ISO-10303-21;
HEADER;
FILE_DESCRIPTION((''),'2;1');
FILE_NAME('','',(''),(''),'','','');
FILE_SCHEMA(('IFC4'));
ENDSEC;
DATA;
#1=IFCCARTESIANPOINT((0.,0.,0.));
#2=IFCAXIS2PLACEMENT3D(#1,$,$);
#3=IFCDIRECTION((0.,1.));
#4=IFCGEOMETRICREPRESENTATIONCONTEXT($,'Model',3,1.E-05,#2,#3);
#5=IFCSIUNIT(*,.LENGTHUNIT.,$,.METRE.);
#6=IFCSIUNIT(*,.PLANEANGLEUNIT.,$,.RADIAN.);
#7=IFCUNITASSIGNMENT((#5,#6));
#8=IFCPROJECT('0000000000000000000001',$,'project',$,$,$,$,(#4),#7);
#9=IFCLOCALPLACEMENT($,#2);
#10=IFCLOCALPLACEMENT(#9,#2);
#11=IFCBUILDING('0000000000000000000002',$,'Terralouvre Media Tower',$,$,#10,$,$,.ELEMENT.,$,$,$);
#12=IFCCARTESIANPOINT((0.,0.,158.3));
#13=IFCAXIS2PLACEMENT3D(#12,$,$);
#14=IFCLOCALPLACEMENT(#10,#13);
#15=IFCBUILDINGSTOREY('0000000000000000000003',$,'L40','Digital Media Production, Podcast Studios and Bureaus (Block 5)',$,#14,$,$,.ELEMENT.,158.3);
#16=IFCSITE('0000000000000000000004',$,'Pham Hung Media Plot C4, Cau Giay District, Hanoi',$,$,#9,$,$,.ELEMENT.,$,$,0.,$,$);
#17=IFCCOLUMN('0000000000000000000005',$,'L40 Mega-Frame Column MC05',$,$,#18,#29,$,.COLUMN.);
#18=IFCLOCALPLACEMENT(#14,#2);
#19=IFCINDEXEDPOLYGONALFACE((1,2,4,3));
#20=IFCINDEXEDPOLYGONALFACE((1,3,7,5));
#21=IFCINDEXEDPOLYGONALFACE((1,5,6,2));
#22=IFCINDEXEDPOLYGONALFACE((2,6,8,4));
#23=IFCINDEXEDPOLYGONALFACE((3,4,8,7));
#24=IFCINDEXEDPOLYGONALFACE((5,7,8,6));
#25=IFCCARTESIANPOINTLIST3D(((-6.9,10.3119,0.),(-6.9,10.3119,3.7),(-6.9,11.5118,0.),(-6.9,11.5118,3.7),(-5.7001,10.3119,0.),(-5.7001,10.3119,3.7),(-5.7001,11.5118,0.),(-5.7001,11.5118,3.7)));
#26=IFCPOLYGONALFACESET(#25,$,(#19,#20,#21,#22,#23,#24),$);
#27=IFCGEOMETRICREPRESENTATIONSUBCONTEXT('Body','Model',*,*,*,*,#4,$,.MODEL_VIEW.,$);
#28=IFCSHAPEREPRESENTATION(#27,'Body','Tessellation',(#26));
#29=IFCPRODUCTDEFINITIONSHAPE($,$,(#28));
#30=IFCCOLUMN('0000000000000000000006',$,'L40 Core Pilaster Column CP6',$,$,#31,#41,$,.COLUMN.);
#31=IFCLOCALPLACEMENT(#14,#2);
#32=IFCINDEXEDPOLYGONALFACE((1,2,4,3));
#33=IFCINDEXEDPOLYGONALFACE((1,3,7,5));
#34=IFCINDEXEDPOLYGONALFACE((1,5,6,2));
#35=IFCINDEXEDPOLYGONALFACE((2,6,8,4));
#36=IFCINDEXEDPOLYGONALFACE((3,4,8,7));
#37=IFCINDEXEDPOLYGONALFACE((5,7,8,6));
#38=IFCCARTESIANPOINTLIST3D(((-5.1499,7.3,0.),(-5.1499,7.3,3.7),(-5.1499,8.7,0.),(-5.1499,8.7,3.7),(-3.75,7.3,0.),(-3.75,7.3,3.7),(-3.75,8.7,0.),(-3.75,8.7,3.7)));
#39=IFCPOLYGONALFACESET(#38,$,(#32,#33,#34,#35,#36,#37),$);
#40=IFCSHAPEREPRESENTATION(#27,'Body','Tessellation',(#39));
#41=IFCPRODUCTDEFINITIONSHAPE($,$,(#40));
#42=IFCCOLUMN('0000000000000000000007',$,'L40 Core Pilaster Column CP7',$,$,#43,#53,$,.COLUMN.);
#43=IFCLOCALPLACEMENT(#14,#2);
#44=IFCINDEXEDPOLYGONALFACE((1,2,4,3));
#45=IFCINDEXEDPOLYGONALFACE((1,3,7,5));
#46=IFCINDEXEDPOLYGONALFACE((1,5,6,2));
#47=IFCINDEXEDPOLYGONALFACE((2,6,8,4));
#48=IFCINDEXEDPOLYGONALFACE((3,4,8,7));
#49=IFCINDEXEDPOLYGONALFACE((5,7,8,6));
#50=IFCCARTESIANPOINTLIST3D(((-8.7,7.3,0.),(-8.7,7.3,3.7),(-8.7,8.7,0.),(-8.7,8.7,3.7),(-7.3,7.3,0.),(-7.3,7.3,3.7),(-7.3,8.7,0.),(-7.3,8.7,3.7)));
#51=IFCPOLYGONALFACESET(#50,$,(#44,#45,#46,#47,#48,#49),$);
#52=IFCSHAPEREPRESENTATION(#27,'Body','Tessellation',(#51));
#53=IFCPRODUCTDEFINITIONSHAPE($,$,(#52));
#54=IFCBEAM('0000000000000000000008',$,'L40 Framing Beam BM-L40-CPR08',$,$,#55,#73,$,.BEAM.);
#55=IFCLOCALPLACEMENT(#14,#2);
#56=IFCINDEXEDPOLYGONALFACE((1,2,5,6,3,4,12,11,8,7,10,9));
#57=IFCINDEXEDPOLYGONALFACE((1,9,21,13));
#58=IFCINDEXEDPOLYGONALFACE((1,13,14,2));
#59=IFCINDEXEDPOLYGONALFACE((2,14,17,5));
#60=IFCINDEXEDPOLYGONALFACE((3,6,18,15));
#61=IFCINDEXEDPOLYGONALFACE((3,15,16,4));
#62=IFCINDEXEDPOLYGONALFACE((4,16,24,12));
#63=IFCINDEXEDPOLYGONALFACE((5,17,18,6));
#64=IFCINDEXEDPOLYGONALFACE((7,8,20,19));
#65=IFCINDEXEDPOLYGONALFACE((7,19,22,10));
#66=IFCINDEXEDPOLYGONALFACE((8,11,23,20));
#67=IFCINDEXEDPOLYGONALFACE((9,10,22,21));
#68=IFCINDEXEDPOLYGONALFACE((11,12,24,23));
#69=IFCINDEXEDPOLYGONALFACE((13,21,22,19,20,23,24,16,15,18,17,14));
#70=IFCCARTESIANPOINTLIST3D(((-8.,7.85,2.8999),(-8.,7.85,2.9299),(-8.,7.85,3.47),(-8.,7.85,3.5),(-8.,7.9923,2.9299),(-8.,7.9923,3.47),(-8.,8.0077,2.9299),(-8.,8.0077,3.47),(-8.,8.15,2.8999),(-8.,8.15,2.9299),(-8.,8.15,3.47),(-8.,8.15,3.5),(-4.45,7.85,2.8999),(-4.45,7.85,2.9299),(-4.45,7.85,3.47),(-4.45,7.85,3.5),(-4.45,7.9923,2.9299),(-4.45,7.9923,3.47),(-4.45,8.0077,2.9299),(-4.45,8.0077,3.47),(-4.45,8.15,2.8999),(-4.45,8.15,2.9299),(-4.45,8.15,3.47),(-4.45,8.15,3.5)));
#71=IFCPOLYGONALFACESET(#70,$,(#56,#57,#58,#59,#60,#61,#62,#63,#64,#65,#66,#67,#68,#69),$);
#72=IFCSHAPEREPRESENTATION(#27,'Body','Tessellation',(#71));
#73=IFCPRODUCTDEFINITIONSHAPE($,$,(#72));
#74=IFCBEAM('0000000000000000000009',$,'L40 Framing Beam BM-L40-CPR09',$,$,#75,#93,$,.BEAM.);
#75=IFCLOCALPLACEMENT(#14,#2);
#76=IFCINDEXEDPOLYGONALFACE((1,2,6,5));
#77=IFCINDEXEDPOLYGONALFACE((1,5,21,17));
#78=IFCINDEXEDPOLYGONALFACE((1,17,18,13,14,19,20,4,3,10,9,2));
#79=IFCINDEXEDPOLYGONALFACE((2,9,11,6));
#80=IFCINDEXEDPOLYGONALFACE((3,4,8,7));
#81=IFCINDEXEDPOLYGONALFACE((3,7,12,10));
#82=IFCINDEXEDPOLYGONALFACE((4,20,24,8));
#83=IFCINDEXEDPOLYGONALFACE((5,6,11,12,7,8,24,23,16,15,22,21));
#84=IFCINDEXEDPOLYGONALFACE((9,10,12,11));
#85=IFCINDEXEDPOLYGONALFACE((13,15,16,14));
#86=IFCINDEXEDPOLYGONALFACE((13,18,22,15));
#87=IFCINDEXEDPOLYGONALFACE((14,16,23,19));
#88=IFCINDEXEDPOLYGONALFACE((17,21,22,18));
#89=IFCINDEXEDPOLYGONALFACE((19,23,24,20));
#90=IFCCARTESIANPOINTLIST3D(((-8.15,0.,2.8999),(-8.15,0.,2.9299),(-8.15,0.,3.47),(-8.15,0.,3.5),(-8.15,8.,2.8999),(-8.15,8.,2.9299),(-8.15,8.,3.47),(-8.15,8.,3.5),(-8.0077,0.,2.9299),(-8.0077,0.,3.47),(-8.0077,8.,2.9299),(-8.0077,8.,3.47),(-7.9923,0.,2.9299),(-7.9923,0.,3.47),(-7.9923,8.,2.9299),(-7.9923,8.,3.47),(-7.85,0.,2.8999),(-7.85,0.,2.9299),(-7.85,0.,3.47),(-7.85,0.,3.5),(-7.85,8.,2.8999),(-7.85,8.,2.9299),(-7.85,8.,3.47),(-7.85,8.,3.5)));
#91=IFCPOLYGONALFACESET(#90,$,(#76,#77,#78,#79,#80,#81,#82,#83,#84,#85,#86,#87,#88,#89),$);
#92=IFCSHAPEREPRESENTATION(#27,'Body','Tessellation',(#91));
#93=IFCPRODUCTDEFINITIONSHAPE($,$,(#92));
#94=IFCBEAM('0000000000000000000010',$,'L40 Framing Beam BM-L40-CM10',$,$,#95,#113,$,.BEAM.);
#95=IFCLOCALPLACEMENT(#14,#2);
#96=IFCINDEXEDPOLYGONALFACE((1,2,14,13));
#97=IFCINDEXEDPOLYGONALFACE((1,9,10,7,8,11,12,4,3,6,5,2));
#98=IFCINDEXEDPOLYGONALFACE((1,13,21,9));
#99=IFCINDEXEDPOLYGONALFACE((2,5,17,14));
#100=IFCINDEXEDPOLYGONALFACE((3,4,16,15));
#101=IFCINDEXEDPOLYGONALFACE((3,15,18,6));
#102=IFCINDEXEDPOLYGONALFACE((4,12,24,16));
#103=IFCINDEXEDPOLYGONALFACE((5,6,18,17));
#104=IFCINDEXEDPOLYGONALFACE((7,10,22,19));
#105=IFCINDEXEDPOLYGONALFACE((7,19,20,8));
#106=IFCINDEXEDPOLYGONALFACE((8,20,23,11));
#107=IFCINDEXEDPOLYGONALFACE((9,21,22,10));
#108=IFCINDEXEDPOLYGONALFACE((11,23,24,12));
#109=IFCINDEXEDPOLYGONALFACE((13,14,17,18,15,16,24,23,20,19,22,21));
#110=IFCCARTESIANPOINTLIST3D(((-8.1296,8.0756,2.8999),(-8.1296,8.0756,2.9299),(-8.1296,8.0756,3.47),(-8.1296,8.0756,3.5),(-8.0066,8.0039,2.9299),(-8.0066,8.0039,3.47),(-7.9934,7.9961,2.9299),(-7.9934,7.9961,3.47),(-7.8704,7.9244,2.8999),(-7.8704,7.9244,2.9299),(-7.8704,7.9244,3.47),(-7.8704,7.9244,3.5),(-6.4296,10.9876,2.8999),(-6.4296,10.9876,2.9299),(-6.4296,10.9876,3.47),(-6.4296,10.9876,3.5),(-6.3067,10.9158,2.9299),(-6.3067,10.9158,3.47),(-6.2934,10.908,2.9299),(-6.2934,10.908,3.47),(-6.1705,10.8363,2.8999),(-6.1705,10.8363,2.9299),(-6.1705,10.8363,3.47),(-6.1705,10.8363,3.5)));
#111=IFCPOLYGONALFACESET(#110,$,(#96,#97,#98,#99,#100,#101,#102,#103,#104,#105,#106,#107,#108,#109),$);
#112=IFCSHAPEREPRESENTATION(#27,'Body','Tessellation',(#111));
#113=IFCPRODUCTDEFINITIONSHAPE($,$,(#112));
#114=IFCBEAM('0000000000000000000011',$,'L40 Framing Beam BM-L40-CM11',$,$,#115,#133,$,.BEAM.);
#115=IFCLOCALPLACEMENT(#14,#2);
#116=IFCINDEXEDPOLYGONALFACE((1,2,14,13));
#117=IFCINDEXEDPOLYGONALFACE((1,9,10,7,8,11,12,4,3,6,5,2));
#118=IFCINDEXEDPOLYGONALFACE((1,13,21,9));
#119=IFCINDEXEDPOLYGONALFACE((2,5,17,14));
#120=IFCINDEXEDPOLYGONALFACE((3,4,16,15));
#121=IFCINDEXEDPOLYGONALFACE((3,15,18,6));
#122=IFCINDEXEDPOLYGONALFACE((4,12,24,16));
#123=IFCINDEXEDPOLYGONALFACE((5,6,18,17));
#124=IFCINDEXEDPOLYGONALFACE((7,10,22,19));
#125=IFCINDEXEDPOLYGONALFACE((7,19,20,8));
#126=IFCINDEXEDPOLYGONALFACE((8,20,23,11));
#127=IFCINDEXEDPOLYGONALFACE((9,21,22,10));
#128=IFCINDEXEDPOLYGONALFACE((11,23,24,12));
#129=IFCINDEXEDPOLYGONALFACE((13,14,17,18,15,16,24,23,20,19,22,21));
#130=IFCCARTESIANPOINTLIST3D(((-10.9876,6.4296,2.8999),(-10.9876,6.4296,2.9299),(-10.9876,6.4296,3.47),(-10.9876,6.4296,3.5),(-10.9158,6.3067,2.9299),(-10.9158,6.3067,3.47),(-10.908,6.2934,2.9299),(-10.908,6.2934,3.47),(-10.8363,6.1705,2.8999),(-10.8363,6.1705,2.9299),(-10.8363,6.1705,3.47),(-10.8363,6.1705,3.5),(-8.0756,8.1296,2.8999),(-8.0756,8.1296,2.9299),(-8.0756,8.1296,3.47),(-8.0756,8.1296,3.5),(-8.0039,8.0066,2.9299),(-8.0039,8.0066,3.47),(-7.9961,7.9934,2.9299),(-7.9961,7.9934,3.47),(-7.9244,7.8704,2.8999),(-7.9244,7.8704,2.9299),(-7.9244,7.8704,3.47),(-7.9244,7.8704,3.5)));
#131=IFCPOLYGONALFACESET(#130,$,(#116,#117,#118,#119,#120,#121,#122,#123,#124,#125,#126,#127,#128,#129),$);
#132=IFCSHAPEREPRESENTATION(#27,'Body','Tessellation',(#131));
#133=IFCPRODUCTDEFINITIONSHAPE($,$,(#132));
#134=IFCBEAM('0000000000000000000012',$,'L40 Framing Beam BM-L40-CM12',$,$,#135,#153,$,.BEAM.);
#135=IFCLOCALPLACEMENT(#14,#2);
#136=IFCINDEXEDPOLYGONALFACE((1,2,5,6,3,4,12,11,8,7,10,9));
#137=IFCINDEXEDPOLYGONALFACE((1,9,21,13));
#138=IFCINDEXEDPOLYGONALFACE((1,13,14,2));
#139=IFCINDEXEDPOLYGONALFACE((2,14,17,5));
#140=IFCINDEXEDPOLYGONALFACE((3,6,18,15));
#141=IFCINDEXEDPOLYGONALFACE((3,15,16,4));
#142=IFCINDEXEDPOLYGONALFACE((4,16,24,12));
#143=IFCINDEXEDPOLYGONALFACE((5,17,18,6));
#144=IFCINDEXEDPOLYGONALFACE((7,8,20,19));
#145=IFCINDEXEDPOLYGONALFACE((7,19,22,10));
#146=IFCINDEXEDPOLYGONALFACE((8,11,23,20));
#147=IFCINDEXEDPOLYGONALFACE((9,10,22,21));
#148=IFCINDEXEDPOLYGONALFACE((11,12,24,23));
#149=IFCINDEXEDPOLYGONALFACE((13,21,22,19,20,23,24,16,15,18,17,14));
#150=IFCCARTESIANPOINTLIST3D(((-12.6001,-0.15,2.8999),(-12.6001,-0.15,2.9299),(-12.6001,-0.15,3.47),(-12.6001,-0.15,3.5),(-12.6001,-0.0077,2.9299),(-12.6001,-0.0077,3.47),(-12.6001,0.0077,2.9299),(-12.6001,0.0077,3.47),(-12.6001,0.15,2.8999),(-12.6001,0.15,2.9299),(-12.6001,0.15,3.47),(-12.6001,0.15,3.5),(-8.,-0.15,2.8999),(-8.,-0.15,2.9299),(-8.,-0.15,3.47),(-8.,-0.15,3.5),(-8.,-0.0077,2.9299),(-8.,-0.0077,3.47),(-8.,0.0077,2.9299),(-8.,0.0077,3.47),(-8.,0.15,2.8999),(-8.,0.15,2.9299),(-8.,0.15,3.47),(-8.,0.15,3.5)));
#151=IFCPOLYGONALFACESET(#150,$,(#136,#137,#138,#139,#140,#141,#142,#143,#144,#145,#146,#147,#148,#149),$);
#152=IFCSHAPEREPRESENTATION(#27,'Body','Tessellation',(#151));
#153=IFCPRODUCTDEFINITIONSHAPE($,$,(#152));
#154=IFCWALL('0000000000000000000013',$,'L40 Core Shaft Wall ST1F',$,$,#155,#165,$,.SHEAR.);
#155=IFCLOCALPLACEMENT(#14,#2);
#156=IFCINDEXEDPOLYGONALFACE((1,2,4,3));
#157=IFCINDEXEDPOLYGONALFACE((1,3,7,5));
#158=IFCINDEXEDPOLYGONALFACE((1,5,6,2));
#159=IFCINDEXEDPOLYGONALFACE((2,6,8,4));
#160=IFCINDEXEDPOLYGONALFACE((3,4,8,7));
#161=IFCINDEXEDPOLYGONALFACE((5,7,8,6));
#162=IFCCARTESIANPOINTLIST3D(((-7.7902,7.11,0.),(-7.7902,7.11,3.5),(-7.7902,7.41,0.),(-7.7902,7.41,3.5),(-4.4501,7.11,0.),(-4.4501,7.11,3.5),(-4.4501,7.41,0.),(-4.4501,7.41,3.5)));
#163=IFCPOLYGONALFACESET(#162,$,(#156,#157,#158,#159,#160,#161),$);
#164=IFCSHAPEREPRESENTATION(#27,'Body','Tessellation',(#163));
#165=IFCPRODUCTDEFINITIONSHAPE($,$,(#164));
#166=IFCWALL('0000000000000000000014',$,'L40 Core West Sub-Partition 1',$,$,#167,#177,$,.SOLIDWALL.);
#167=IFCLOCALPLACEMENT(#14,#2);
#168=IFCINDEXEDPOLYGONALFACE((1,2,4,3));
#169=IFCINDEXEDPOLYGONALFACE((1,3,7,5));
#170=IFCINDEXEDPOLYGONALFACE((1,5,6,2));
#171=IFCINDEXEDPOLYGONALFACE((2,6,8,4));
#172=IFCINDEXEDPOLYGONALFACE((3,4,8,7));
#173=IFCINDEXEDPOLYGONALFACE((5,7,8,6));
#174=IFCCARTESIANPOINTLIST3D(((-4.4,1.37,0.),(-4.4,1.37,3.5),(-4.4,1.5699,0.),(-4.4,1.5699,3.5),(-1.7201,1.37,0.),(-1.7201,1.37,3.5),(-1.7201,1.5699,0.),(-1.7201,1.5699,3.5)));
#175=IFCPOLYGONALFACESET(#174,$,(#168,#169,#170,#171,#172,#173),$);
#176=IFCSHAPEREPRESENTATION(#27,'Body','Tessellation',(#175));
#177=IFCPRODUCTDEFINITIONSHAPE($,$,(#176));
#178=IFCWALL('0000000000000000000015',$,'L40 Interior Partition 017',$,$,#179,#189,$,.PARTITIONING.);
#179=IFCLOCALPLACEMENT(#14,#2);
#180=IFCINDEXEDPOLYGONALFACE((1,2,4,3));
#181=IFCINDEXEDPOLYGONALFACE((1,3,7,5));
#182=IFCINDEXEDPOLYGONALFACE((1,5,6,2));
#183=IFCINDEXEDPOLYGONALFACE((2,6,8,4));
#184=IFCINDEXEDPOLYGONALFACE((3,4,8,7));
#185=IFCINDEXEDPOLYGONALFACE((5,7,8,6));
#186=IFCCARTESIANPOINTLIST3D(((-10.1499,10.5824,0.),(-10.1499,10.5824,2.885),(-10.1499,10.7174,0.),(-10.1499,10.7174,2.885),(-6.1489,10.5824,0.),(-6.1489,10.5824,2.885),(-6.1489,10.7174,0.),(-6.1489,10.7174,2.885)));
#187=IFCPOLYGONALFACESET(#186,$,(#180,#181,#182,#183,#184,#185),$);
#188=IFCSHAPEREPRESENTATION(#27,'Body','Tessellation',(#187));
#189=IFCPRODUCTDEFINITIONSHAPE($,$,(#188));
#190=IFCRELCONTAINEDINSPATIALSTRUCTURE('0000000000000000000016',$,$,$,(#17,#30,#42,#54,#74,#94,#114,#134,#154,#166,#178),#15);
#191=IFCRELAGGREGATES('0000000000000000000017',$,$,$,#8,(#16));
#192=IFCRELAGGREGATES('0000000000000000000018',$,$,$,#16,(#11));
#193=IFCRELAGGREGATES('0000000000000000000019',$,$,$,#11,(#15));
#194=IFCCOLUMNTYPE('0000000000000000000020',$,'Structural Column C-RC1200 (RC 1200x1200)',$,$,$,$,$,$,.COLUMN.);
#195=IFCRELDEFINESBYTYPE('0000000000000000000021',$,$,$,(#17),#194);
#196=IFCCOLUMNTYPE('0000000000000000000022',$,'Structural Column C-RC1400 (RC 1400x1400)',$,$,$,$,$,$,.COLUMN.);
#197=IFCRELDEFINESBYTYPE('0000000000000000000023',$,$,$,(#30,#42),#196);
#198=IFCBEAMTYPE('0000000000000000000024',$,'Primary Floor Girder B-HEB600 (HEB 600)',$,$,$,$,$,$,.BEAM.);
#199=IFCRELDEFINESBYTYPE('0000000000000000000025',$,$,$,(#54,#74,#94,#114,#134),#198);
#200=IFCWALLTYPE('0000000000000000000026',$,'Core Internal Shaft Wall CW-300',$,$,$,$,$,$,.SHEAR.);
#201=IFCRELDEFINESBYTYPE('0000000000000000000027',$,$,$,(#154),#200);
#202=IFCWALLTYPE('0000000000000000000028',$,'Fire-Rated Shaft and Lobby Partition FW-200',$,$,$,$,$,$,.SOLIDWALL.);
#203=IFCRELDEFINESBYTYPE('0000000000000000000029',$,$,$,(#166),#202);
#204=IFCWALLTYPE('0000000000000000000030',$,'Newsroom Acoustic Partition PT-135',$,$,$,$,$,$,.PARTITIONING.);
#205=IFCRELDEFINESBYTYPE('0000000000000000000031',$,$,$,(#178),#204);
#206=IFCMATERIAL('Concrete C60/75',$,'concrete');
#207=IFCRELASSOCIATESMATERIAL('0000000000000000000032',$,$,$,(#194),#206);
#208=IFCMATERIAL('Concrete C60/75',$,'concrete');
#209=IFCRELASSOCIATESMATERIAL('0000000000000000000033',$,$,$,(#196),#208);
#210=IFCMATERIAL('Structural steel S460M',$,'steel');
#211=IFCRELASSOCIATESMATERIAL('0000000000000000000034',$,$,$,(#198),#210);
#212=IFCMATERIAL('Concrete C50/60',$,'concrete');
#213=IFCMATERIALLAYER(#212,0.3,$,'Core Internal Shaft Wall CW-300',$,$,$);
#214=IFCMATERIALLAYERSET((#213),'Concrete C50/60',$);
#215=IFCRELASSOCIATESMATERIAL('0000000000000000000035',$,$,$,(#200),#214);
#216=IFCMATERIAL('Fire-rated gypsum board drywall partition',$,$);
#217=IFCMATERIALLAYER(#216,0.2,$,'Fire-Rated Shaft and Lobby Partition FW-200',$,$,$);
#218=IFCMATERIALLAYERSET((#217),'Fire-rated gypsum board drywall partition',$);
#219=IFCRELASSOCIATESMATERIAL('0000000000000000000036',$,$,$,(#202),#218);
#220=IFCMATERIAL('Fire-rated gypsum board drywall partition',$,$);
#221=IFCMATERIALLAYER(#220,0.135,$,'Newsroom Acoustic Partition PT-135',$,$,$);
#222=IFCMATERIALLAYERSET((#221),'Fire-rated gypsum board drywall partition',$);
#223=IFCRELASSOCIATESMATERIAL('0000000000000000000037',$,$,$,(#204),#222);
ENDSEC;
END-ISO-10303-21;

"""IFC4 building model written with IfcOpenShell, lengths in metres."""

from ifc_helpers import new_model, si_unit, direction, frame, frame_2d, origin, origin_2d, place, context, subcontext, project, spatial, rectangle, i_section, extrude, material, layer, layer_set, material_profile, profile_set, type_object, element, save


model = new_model("IFC4")

# Units and contexts
model_context = context("Model", 3, precision=1e-05, world=origin(), true_north=direction((0.0, 1.0)))
body_context = subcontext(model_context, "Body", "Model", "MODEL_VIEW")
ifc_project = project(units=[si_unit("LENGTHUNIT", "METRE"), si_unit("PLANEANGLEUNIT", "RADIAN")], contexts=[model_context])

# Site, building, storey
site_placement = place(None, origin())
site = spatial("IfcSite", under=ifc_project, at=site_placement, Name="Pham Hung Media Plot C4, Cau Giay District, Hanoi", CompositionType="ELEMENT", RefElevation=0.0)
building_placement = place(site_placement, origin())
building = spatial("IfcBuilding", under=site, at=building_placement, Name="Terralouvre Media Tower", CompositionType="ELEMENT")
storey_placement = place(building_placement, frame((0.0, 0.0, 158.3)))
storey = spatial("IfcBuildingStorey", under=building, at=storey_placement, Name="L40", Description="Digital Media Production, Podcast Studios and Bureaus (Block 5)", CompositionType="ELEMENT", Elevation=158.3)

# Columns
ifc_material_1 = material(Name="Concrete C60/75", Category="concrete")
ifc_material_profile_1 = material_profile(ifc_material_1, rectangle(XDim=1.2, YDim=1.2, at=origin_2d()), Name="RC 1200x1200")
ifc_profile_set_1 = profile_set([ifc_material_profile_1], Name="Concrete C60/75")
column_type_1 = type_object("IfcColumnType", Name="Structural Column C-RC1200 (RC 1200x1200)", PredefinedType="COLUMN", material=ifc_profile_set_1)
column_placement = place(storey_placement, frame((-6.3, 10.9119, 0.0), z_axis=(0.0, 0.0, 1.0), x_axis=(1.0, 0.0, 0.0)))
element("IfcColumn", 1, at=column_placement, inside=storey, type_object=column_type_1, Name="L40 Mega-Frame Column MC05", PredefinedType="COLUMN", context=body_context, shape_type="SweptSolid", body=[
    extrude(rectangle(XDim=1.2, YDim=1.2, at=origin_2d()), origin(), (0.0, 0.0, 1.0), 3.7),
])
ifc_material_2 = material(Name="Concrete C60/75", Category="concrete")
ifc_material_profile_2 = material_profile(ifc_material_2, rectangle(XDim=1.3999, YDim=1.3999, at=origin_2d()), Name="RC 1400x1400")
ifc_profile_set_2 = profile_set([ifc_material_profile_2], Name="Concrete C60/75")
column_type_2 = type_object("IfcColumnType", Name="Structural Column C-RC1400 (RC 1400x1400)", PredefinedType="COLUMN", material=ifc_profile_set_2)
for number, where, z_axis, x_axis, name in (
    (2, (-4.45, 8.0, 0.0), (0.0, 0.0, 1.0), (1.0, 0.0, 0.0), "L40 Core Pilaster Column CP6"),
    (3, (-8.0, 8.0, 0.0), (0.0, 0.0, 1.0), (1.0, 0.0, 0.0), "L40 Core Pilaster Column CP7"),
):
    element("IfcColumn", number, at=place(storey_placement, frame(where, z_axis=z_axis, x_axis=x_axis)), inside=storey, type_object=column_type_2, Name=name, PredefinedType="COLUMN", context=body_context, shape_type="SweptSolid", body=[
        extrude(rectangle(XDim=1.3999, YDim=1.3999, at=origin_2d()), origin(), (0.0, 0.0, 1.0), 3.7),
    ])

# Beams
ifc_material_3 = material(Name="Structural steel S460M", Category="steel")
ifc_material_profile_3 = material_profile(ifc_material_3, i_section(OverallWidth=0.3, OverallDepth=0.6001, WebThickness=0.0154, FlangeThickness=0.03, at=origin_2d()), Name="HEB 600")
ifc_profile_set_3 = profile_set([ifc_material_profile_3], Name="Structural steel S460M")
beam_type = type_object("IfcBeamType", Name="Primary Floor Girder B-HEB600 (HEB 600)", PredefinedType="BEAM", material=ifc_profile_set_3)
beam_1_placement = place(storey_placement, frame((-4.45, 8.0, 3.2), z_axis=(-1.0, 0.0, 0.0), x_axis=(0.0, -1.0, 0.0)))
element("IfcBeam", 4, at=beam_1_placement, inside=storey, type_object=beam_type, Name="L40 Framing Beam BM-L40-CPR08", PredefinedType="BEAM", context=body_context, shape_type="SweptSolid", body=[
    extrude(i_section(OverallWidth=0.3, OverallDepth=0.6001, WebThickness=0.0154, FlangeThickness=0.03, at=origin_2d()), origin(), (0.0, 0.0, 1.0), 3.55),
])
beam_2_placement = place(storey_placement, frame((-8.0, 8.0, 3.2), z_axis=(0.0, -1.0, 0.0), x_axis=(1.0, 0.0, 0.0)))
element("IfcBeam", 5, at=beam_2_placement, inside=storey, type_object=beam_type, Name="L40 Framing Beam BM-L40-CPR09", PredefinedType="BEAM", context=body_context, shape_type="SweptSolid", body=[
    extrude(i_section(OverallWidth=0.3, OverallDepth=0.6001, WebThickness=0.0154, FlangeThickness=0.03, at=origin_2d()), origin(), (0.0, 0.0, 1.0), 8.0),
])
for number, where, z_axis, x_axis, name in (
    (6, (-8.0, 8.0, 3.2), (0.504173, 0.863603, 0.0), (-0.863603, 0.504173, 0.0), "L40 Framing Beam BM-L40-CM10"),
    (7, (-8.0, 8.0, 3.2), (-0.863603, -0.504173, 0.0), (0.504173, -0.863603, 0.0), "L40 Framing Beam BM-L40-CM11"),
):
    element("IfcBeam", number, at=place(storey_placement, frame(where, z_axis=z_axis, x_axis=x_axis)), inside=storey, type_object=beam_type, Name=name, PredefinedType="BEAM", context=body_context, shape_type="SweptSolid", body=[
        extrude(i_section(OverallWidth=0.3, OverallDepth=0.6001, WebThickness=0.0154, FlangeThickness=0.03, at=origin_2d()), origin(), (0.0, 0.0, 1.0), 3.3718),
    ])
beam_3_placement = place(storey_placement, frame((-8.0, 0.0, 3.2), z_axis=(-1.0, 0.0, 0.0), x_axis=(0.0, -1.0, 0.0)))
element("IfcBeam", 8, at=beam_3_placement, inside=storey, type_object=beam_type, Name="L40 Framing Beam BM-L40-CM12", PredefinedType="BEAM", context=body_context, shape_type="SweptSolid", body=[
    extrude(i_section(OverallWidth=0.3, OverallDepth=0.6001, WebThickness=0.0154, FlangeThickness=0.03, at=origin_2d()), origin(), (0.0, 0.0, 1.0), 4.6001),
])

# Shared definitions
ifc_material_4 = material(Name="Concrete C50/60", Category="concrete")
ifc_layer_1 = layer(ifc_material_4, 0.3, Name="Core Internal Shaft Wall CW-300")
ifc_layer_set_1 = layer_set([ifc_layer_1], Name="Concrete C50/60")
wall_type_1 = type_object("IfcWallType", Name="Core Internal Shaft Wall CW-300", PredefinedType="SHEAR", material=ifc_layer_set_1)

# Wall
wall_1_placement = place(storey_placement, frame((-7.79, 7.26, 0.0), z_axis=(0.0, 0.0, 1.0), x_axis=(1.0, 0.0, 0.0)))
element("IfcWall", 9, at=wall_1_placement, inside=storey, type_object=wall_type_1, Name="L40 Core Shaft Wall ST1F", PredefinedType="SHEAR", context=body_context, shape_type="SweptSolid", body=[
    extrude(rectangle(XDim=3.3401, YDim=0.3, at=frame_2d((1.6699, 0.0))), origin(), (0.0, 0.0, 1.0), 3.5),
])

# Walls
ifc_material_5 = material(Name="Fire-rated gypsum board drywall partition")
ifc_layer_2 = layer(ifc_material_5, 0.2, Name="Fire-Rated Shaft and Lobby Partition FW-200")
ifc_layer_set_2 = layer_set([ifc_layer_2], Name="Fire-rated gypsum board drywall partition")
wall_type_2 = type_object("IfcWallType", Name="Fire-Rated Shaft and Lobby Partition FW-200", PredefinedType="SOLIDWALL", material=ifc_layer_set_2)
wall_2_placement = place(storey_placement, frame((-4.3999, 1.47, 0.0), z_axis=(0.0, 0.0, 1.0), x_axis=(1.0, 0.0, 0.0)))
element("IfcWall", 10, at=wall_2_placement, inside=storey, type_object=wall_type_2, Name="L40 Core West Sub-Partition 1", PredefinedType="SOLIDWALL", context=body_context, shape_type="SweptSolid", body=[
    extrude(rectangle(XDim=2.6799, YDim=0.2, at=frame_2d((1.3398, 0.0))), origin(), (0.0, 0.0, 1.0), 3.5),
])
ifc_material_6 = material(Name="Fire-rated gypsum board drywall partition")
ifc_layer_3 = layer(ifc_material_6, 0.135, Name="Newsroom Acoustic Partition PT-135")
ifc_layer_set_3 = layer_set([ifc_layer_3], Name="Fire-rated gypsum board drywall partition")
wall_type_3 = type_object("IfcWallType", Name="Newsroom Acoustic Partition PT-135", PredefinedType="PARTITIONING", material=ifc_layer_set_3)
wall_3_placement = place(storey_placement, frame((-6.1489, 10.6499, 0.0), z_axis=(0.0, 0.0, 1.0), x_axis=(-1.0, 0.0, 0.0)))
element("IfcWall", 11, at=wall_3_placement, inside=storey, type_object=wall_type_3, Name="L40 Interior Partition 017", PredefinedType="PARTITIONING", context=body_context, shape_type="SweptSolid", body=[
    extrude(rectangle(XDim=4.001, YDim=0.135, at=frame_2d((2.0005, 0.0))), origin(), (0.0, 0.0, 1.0), 2.885),
])

save(model, "model.ifc")
